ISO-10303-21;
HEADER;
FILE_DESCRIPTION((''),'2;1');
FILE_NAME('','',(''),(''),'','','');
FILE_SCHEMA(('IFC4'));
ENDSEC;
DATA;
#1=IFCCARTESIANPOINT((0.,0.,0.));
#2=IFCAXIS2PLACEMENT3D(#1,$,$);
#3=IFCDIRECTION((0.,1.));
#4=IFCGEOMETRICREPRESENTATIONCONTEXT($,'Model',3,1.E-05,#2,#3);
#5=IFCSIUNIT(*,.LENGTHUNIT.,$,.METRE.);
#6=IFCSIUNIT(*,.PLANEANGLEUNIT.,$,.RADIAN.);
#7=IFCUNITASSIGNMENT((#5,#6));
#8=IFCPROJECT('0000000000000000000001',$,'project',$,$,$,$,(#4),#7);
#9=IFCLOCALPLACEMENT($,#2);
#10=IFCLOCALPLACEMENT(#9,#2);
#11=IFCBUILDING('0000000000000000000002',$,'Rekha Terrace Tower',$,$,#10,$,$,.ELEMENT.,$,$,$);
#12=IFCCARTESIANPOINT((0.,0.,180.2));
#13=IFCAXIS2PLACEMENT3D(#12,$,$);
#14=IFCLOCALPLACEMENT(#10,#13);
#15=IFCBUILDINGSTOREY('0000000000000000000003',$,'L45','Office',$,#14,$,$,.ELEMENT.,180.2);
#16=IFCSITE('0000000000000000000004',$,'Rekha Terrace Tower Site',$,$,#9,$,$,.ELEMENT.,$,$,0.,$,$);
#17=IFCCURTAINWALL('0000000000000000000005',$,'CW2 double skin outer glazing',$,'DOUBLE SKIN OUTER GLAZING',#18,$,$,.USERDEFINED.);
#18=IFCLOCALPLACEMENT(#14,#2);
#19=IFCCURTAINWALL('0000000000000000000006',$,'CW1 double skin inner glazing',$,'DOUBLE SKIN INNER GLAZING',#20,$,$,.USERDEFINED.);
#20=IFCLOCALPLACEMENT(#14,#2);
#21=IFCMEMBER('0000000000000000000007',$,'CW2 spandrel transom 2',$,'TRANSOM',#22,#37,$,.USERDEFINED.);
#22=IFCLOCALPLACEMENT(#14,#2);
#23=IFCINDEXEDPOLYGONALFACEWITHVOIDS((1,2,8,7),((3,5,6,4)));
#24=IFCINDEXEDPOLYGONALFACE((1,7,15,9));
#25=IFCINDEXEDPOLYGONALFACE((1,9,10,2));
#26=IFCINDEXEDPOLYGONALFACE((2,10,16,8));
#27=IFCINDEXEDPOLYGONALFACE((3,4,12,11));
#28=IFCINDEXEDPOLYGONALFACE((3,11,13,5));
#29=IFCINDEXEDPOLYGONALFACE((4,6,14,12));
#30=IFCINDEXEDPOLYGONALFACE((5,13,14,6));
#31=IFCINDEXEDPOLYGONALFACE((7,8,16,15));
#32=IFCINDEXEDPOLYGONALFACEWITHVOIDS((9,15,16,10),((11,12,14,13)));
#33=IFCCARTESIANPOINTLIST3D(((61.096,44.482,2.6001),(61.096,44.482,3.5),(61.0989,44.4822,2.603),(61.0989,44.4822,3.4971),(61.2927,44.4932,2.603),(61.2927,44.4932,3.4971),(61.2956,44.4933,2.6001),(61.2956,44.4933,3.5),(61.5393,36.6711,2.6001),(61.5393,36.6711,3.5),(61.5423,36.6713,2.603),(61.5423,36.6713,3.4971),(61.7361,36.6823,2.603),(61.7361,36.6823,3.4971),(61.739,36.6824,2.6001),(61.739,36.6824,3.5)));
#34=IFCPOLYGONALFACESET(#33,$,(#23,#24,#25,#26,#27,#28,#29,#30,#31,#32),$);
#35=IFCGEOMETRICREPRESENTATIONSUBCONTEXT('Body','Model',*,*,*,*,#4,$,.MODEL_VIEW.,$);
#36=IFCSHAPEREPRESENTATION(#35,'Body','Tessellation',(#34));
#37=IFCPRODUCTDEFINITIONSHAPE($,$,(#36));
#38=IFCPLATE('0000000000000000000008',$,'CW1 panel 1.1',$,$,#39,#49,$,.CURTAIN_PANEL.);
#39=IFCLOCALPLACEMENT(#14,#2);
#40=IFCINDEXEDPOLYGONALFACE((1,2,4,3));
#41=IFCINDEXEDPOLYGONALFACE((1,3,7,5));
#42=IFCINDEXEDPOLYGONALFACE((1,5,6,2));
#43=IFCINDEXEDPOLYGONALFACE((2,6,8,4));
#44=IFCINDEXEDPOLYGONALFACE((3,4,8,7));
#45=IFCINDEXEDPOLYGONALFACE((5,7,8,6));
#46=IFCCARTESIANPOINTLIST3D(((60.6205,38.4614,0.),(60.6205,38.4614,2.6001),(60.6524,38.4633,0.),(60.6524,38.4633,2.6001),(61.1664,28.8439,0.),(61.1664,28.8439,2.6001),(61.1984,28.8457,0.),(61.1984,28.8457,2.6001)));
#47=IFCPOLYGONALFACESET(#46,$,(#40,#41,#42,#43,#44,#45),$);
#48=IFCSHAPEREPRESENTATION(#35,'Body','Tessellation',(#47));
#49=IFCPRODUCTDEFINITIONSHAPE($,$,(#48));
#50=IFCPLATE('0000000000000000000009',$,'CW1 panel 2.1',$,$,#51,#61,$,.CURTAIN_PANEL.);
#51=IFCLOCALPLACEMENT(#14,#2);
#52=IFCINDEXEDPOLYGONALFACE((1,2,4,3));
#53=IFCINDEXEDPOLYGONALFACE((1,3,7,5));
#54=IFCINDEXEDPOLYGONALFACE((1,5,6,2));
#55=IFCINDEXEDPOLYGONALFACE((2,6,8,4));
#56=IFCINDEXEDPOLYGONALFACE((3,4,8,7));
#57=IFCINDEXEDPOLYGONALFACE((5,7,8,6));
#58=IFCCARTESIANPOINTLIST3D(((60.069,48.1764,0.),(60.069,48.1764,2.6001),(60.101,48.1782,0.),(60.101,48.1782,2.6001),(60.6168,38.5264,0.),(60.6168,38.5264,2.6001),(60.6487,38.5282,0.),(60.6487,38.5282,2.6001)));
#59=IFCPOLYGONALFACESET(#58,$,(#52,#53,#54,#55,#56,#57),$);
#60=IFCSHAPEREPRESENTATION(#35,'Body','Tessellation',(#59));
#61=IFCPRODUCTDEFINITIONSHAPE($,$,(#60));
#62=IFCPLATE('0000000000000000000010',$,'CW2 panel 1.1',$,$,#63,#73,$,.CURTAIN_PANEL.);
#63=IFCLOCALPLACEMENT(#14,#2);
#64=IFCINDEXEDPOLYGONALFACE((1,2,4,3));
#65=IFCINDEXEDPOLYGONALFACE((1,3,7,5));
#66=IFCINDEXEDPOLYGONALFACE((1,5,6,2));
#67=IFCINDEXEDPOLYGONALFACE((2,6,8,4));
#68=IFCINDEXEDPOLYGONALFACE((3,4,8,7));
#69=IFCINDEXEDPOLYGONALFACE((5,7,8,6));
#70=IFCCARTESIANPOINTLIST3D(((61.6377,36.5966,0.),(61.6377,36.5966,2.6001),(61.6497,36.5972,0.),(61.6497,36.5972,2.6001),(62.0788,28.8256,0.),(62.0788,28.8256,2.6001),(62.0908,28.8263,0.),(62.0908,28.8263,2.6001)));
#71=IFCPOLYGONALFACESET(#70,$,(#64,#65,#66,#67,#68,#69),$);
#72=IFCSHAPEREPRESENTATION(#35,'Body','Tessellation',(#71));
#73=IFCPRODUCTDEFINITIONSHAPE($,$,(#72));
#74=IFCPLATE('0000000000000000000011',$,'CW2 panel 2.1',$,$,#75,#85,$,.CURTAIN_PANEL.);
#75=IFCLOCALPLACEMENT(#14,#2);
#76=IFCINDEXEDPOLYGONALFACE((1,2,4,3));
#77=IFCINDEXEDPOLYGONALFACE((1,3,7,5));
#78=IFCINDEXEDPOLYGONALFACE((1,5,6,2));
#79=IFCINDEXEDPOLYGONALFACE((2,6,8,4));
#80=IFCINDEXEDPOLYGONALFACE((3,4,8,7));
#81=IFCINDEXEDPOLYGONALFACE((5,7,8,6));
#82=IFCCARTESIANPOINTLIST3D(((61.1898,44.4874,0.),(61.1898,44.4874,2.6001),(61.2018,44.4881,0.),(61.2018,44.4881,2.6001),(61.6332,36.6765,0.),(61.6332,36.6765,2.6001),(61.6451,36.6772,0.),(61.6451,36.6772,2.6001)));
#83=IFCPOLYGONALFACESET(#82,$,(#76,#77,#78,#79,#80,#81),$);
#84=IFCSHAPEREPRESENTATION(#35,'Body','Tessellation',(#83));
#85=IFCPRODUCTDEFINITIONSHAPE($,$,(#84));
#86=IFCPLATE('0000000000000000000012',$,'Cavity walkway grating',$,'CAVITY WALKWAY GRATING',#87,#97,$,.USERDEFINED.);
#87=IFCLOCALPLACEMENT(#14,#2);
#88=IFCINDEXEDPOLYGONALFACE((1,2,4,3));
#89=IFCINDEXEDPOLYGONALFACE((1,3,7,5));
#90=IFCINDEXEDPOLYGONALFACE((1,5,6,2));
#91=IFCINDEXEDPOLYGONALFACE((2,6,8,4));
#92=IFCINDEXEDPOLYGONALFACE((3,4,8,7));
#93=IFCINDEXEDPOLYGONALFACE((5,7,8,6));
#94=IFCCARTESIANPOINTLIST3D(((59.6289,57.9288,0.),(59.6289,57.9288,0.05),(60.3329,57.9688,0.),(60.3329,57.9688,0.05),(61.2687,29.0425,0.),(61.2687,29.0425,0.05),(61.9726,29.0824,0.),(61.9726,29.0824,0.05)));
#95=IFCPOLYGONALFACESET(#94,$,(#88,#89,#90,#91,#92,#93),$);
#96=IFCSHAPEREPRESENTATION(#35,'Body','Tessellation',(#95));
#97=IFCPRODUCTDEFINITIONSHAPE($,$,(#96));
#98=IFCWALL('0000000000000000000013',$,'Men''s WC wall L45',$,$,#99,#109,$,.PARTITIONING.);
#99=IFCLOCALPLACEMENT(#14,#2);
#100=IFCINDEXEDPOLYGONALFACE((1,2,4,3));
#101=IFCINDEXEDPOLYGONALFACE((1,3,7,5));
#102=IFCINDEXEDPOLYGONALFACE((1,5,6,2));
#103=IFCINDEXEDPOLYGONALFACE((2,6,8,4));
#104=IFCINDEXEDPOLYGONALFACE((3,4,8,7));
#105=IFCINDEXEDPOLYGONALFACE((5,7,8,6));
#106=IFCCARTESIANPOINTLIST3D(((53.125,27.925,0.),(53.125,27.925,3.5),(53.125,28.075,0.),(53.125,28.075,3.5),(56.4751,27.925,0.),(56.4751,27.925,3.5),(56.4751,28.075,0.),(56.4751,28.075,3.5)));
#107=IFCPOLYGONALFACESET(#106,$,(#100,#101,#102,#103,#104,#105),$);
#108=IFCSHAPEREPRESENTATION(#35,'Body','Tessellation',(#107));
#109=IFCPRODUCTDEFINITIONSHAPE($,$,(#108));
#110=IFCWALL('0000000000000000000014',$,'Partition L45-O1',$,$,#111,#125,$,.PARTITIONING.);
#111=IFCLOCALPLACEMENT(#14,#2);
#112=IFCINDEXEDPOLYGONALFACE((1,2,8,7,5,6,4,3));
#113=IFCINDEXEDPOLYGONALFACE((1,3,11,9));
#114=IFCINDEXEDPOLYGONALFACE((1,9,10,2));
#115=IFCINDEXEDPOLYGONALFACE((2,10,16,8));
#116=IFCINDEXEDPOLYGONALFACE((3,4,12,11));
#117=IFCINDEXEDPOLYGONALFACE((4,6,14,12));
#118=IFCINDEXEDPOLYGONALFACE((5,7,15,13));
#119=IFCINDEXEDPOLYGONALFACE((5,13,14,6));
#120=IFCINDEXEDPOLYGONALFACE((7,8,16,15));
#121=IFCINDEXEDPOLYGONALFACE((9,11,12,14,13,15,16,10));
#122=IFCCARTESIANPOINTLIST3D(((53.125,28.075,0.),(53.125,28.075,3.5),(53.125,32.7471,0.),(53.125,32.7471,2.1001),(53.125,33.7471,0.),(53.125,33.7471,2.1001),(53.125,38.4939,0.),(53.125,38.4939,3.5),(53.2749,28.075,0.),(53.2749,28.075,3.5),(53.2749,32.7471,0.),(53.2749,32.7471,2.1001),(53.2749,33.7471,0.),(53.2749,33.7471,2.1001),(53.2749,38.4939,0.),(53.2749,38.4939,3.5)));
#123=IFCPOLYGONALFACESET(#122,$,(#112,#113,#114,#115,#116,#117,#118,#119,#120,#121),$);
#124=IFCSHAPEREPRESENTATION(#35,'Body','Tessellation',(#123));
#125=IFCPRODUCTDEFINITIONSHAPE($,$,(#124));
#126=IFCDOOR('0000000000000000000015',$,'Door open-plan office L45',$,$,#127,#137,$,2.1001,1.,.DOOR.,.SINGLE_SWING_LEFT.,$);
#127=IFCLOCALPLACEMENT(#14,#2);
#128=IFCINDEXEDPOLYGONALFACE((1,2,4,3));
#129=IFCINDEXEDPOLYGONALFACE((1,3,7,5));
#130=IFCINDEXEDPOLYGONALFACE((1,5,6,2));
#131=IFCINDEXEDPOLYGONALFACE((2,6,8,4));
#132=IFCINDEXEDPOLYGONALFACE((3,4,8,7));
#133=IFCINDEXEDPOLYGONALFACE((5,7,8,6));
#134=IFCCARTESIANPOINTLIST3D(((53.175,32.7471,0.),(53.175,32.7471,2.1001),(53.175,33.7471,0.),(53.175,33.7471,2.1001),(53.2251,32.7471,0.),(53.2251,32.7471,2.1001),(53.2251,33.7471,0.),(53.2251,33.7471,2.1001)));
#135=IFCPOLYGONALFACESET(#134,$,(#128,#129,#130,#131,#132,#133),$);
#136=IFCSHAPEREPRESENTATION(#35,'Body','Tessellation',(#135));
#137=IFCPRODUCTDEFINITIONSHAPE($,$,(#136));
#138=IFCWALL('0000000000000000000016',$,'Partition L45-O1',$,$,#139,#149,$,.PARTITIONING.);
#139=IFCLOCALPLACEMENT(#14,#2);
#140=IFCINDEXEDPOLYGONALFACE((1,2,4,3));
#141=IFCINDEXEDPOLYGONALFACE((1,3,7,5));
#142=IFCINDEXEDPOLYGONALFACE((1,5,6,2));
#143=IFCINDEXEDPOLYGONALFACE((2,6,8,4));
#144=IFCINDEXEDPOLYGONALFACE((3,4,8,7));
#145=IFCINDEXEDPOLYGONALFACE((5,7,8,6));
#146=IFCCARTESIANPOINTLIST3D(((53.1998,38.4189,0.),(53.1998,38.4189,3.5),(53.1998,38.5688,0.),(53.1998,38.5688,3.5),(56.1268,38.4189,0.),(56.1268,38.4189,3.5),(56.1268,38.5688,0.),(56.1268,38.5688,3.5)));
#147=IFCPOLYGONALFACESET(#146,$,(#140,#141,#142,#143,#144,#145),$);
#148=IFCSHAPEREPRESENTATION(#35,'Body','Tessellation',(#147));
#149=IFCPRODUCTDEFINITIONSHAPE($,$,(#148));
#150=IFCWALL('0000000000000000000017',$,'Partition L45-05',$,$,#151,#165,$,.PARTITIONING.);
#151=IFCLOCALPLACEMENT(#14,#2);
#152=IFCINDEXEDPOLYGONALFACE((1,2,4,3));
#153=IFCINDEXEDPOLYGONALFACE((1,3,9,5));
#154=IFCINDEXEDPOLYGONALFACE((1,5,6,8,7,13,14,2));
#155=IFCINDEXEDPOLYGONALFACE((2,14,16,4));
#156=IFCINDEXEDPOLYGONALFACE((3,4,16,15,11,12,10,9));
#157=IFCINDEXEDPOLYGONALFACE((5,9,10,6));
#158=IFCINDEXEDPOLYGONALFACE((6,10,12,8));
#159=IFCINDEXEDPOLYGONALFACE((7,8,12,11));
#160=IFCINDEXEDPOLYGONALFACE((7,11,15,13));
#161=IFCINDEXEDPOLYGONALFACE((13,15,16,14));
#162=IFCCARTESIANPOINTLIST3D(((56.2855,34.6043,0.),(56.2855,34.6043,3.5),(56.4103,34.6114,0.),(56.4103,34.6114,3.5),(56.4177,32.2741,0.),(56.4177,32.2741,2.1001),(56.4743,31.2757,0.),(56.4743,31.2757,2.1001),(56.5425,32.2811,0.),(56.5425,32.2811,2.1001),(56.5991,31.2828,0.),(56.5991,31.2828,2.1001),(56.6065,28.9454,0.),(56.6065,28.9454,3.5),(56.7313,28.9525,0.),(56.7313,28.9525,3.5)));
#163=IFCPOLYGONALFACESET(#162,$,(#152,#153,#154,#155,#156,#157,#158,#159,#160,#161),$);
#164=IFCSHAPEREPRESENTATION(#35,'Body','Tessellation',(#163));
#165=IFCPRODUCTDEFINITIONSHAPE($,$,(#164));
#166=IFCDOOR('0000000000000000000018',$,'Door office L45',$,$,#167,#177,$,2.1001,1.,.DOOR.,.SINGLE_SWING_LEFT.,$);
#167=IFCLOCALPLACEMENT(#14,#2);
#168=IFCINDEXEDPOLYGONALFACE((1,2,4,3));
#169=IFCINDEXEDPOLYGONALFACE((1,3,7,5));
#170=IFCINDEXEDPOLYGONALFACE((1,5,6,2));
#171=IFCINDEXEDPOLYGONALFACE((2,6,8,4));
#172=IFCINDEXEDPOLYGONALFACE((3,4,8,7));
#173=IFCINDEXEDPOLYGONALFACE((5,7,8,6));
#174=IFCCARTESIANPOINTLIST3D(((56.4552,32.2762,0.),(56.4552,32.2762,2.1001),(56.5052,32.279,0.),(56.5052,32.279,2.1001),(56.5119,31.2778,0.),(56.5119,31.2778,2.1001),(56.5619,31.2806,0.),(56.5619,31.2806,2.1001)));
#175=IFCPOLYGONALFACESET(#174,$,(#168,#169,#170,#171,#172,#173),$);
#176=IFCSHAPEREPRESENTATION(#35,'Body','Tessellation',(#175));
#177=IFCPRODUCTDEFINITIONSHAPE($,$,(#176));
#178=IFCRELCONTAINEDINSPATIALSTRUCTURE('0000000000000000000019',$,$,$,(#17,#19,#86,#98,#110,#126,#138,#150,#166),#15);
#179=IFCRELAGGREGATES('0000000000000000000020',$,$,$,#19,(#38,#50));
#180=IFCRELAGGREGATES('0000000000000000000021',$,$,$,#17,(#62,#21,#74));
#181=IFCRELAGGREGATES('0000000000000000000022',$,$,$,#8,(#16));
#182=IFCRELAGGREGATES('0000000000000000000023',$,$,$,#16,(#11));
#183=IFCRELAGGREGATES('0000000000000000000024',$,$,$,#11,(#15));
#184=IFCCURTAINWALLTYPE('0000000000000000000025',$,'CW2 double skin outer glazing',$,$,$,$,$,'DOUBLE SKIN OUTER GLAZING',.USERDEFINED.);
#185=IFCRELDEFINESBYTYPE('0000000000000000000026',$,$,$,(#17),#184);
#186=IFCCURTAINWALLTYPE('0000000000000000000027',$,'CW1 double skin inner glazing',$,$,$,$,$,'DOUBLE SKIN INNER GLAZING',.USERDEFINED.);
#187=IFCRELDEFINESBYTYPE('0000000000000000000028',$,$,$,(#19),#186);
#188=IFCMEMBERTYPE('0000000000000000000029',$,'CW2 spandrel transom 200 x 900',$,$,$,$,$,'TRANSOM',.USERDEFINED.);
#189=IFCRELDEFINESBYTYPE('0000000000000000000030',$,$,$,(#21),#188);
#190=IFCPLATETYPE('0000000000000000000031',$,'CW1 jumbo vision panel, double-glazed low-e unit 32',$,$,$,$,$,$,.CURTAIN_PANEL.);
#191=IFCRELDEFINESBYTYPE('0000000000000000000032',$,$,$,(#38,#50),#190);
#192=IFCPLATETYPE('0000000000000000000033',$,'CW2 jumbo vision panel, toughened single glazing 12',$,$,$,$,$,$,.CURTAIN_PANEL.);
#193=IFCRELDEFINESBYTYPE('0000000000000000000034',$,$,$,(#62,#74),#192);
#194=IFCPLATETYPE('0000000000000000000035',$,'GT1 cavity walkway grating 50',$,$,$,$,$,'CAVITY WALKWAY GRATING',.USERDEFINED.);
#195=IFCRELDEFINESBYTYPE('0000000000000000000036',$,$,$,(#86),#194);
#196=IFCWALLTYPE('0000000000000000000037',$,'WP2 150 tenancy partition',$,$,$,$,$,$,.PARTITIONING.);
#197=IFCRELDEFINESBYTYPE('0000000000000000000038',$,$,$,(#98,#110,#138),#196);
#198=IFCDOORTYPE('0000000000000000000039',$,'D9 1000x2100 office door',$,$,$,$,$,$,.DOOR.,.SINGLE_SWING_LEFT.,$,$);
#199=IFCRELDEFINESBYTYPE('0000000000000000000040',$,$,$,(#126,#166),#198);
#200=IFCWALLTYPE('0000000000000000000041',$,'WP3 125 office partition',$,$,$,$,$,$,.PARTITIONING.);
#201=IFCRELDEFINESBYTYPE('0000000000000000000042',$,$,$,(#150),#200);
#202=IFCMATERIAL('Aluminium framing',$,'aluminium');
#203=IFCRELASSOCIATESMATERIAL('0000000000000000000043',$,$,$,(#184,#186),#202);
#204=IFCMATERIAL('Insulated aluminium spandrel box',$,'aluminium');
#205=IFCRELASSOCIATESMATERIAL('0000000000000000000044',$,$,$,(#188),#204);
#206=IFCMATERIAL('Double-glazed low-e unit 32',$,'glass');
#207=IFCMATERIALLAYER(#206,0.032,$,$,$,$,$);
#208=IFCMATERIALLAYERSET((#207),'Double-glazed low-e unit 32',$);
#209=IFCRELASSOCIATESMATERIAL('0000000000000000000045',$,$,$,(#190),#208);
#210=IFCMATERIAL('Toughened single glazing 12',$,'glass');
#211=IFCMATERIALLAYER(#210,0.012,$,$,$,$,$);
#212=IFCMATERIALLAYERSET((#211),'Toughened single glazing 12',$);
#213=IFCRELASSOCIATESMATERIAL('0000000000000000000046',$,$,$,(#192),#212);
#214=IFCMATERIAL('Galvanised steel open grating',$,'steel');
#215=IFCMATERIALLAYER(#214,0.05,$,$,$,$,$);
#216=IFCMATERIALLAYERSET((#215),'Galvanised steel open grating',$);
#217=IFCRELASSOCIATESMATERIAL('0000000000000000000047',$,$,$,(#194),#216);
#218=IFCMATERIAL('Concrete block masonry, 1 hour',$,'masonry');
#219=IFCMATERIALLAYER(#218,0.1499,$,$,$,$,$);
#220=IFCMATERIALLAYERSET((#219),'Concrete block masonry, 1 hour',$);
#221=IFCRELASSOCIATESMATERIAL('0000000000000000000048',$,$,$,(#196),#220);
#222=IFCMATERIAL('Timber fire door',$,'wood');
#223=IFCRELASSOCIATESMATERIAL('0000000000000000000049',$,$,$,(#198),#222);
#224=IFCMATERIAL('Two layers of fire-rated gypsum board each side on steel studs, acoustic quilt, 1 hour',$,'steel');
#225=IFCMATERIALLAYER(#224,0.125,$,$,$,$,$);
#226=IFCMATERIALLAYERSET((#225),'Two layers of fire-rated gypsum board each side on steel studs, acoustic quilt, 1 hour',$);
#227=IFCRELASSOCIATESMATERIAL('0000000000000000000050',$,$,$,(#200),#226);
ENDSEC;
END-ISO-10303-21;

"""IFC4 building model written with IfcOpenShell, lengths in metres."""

from ifc_helpers import new_model, si_unit, direction, frame, frame_2d, origin, origin_2d, place, context, subcontext, project, spatial, rectangle, hollow_rectangle, extrude, material, layer, layer_set, material_profile, profile_set, type_object, element, fill, aggregate, save


model = new_model("IFC4")

# Units and contexts
model_context = context("Model", 3, precision=1e-05, world=origin(), true_north=direction((0.0, 1.0)))
body_context = subcontext(model_context, "Body", "Model", "MODEL_VIEW")
ifc_project = project(units=[si_unit("LENGTHUNIT", "METRE"), si_unit("PLANEANGLEUNIT", "RADIAN")], contexts=[model_context])

# Site, building, storey
site_placement = place(None, origin())
site = spatial("IfcSite", under=ifc_project, at=site_placement, Name="Rekha Terrace Tower Site", CompositionType="ELEMENT", RefElevation=0.0)
building_placement = place(site_placement, origin())
building = spatial("IfcBuilding", under=site, at=building_placement, Name="Rekha Terrace Tower", CompositionType="ELEMENT")
storey_placement = place(building_placement, frame((0.0, 0.0, 180.2)))
storey = spatial("IfcBuildingStorey", under=building, at=storey_placement, Name="L45", Description="Office", CompositionType="ELEMENT", Elevation=180.2)

# Curtain wall
ifc_material_1 = material(Name="Aluminium framing", Category="aluminium")
curtain_wall_type_1 = type_object("IfcCurtainWallType", Name="CW2 double skin outer glazing", ElementType="DOUBLE SKIN OUTER GLAZING", PredefinedType="USERDEFINED", material=ifc_material_1)
curtain_wall_1_placement = place(storey_placement, origin())
curtain_wall_1 = element("IfcCurtainWall", 1, at=curtain_wall_1_placement, inside=storey, type_object=curtain_wall_type_1, Name="CW2 double skin outer glazing", ObjectType="DOUBLE SKIN OUTER GLAZING", PredefinedType="USERDEFINED")

# Curtain wall
curtain_wall_type_2 = type_object("IfcCurtainWallType", Name="CW1 double skin inner glazing", ElementType="DOUBLE SKIN INNER GLAZING", PredefinedType="USERDEFINED", material=ifc_material_1)
curtain_wall_2_placement = place(storey_placement, origin())
curtain_wall_2 = element("IfcCurtainWall", 2, at=curtain_wall_2_placement, inside=storey, type_object=curtain_wall_type_2, Name="CW1 double skin inner glazing", ObjectType="DOUBLE SKIN INNER GLAZING", PredefinedType="USERDEFINED")
ifc_material_2 = material(Name="Insulated aluminium spandrel box", Category="aluminium")

# Member
ifc_material_profile_1 = material_profile(ifc_material_2, hollow_rectangle(XDim=0.2, YDim=0.8999, WallThickness=0.0029, at=origin_2d()), Name="AL SPANDREL BOX 200x900")
ifc_profile_set_1 = profile_set([ifc_material_profile_1], Name="Insulated aluminium spandrel box")
member_type_1 = type_object("IfcMemberType", Name="CW2 spandrel transom 200 x 900", ElementType="TRANSOM", PredefinedType="USERDEFINED", material=ifc_profile_set_1)
member_1_placement = place(storey_placement, frame((61.6392, 36.6768, 3.05), z_axis=(-0.056669, 0.998393, 0.0), x_axis=(-0.998393, -0.056669, 0.0)))
member_1 = element("IfcMember", 3, at=member_1_placement, type_object=member_type_1, Name="CW2 spandrel transom 2", ObjectType="TRANSOM", PredefinedType="USERDEFINED", context=body_context, shape_type="SweptSolid", body=[
    extrude(hollow_rectangle(XDim=0.2, YDim=0.8999, WallThickness=0.0029, at=origin_2d()), origin(), (0.0, 0.0, 1.0), 7.8235),
])

# Plates
ifc_material_3 = material(Name="Double-glazed low-e unit 32", Category="glass")
ifc_layer_1 = layer(ifc_material_3, 0.032)
ifc_layer_set_1 = layer_set([ifc_layer_1], Name="Double-glazed low-e unit 32")
plate_type_1 = type_object("IfcPlateType", Name="CW1 jumbo vision panel, double-glazed low-e unit 32", PredefinedType="CURTAIN_PANEL", material=ifc_layer_set_1)
plate_1_placement = place(storey_placement, frame((60.9094, 33.6536, 0.0), z_axis=(0.0, 0.0, 1.0), x_axis=(-0.056673, 0.998393, 0.0)))
plate_1 = element("IfcPlate", 4, at=plate_1_placement, type_object=plate_type_1, Name="CW1 panel 1.1", PredefinedType="CURTAIN_PANEL", context=body_context, shape_type="SweptSolid", body=[
    extrude(rectangle(XDim=9.6331, YDim=0.032, at=origin_2d()), origin(), (0.0, 0.0, 1.0), 2.6001),
])
plate_2_placement = place(storey_placement, frame((60.3589, 43.3523, 0.0), z_axis=(0.0, 0.0, 1.0), x_axis=(-0.056673, 0.998393, 0.0)))
plate_2 = element("IfcPlate", 5, at=plate_2_placement, type_object=plate_type_1, Name="CW1 panel 2.1", PredefinedType="CURTAIN_PANEL", context=body_context, shape_type="SweptSolid", body=[
    extrude(rectangle(XDim=9.6655, YDim=0.032, at=origin_2d()), origin(), (0.0, 0.0, 1.0), 2.6001),
])
aggregate(curtain_wall_2, [plate_1, plate_2])
ifc_material_4 = material(Name="Toughened single glazing 12", Category="glass")
ifc_layer_2 = layer(ifc_material_4, 0.012)
ifc_layer_set_2 = layer_set([ifc_layer_2], Name="Toughened single glazing 12")
plate_type_2 = type_object("IfcPlateType", Name="CW2 jumbo vision panel, toughened single glazing 12", PredefinedType="CURTAIN_PANEL", material=ifc_layer_set_2)
plate_3_placement = place(storey_placement, frame((61.8643, 32.7114, 0.0), z_axis=(0.0, 0.0, 1.0), x_axis=(-0.056673, 0.998393, 0.0)))
plate_3 = element("IfcPlate", 6, at=plate_3_placement, type_object=plate_type_2, Name="CW2 panel 1.1", PredefinedType="CURTAIN_PANEL", context=body_context, shape_type="SweptSolid", body=[
    extrude(rectangle(XDim=7.7834, YDim=0.012, at=origin_2d()), origin(), (0.0, 0.0, 1.0), 2.6001),
])
plate_4_placement = place(storey_placement, frame((61.4175, 40.5823, 0.0), z_axis=(0.0, 0.0, 1.0), x_axis=(-0.056673, 0.998393, 0.0)))
plate_4 = element("IfcPlate", 7, at=plate_4_placement, type_object=plate_type_2, Name="CW2 panel 2.1", PredefinedType="CURTAIN_PANEL", context=body_context, shape_type="SweptSolid", body=[
    extrude(rectangle(XDim=7.8235, YDim=0.012, at=origin_2d()), origin(), (0.0, 0.0, 1.0), 2.6001),
])
aggregate(curtain_wall_1, [plate_3, member_1, plate_4])
ifc_material_5 = material(Name="Galvanised steel open grating", Category="steel")
ifc_layer_3 = layer(ifc_material_5, 0.05)
ifc_layer_set_3 = layer_set([ifc_layer_3], Name="Galvanised steel open grating")
plate_type_3 = type_object("IfcPlateType", Name="GT1 cavity walkway grating 50", ElementType="CAVITY WALKWAY GRATING", PredefinedType="USERDEFINED", material=ifc_layer_set_3)
plate_5_placement = place(storey_placement, frame((60.8008, 43.5056, 0.0), z_axis=(0.0, 0.0, 1.0), x_axis=(-0.056673, 0.998393, 0.0)))
element("IfcPlate", 8, at=plate_5_placement, inside=storey, type_object=plate_type_3, Name="Cavity walkway grating", ObjectType="CAVITY WALKWAY GRATING", PredefinedType="USERDEFINED", context=body_context, shape_type="SweptSolid", body=[
    extrude(rectangle(XDim=28.9329, YDim=0.7051, at=origin_2d()), origin(), (0.0, 0.0, 1.0), 0.05),
])

# Wall
ifc_material_6 = material(Name="Concrete block masonry, 1 hour", Category="masonry")
ifc_layer_4 = layer(ifc_material_6, 0.1499)
ifc_layer_set_4 = layer_set([ifc_layer_4], Name="Concrete block masonry, 1 hour")
wall_type_1 = type_object("IfcWallType", Name="WP2 150 tenancy partition", PredefinedType="PARTITIONING", material=ifc_layer_set_4)
wall_1_placement = place(storey_placement, frame((53.125, 28.0, 0.0), z_axis=(0.0, 0.0, 1.0), x_axis=(1.0, 0.0, 0.0)))
element("IfcWall", 9, at=wall_1_placement, inside=storey, type_object=wall_type_1, Name="Men's WC wall L45", PredefinedType="PARTITIONING", context=body_context, shape_type="SweptSolid", body=[
    extrude(rectangle(XDim=3.3501, YDim=0.1499, at=frame_2d((1.675, 0.0))), origin(), (0.0, 0.0, 1.0), 3.5),
])

# Wall, opening, door
wall_2_placement = place(storey_placement, frame((53.2, 28.075, 0.0), z_axis=(0.0, 0.0, 1.0), x_axis=(0.0, 1.0, 0.0)))
wall_2 = element("IfcWall", 10, at=wall_2_placement, inside=storey, type_object=wall_type_1, Name="Partition L45-O1", PredefinedType="PARTITIONING", context=body_context, shape_type="SweptSolid", body=[
    extrude(rectangle(XDim=10.4189, YDim=0.1499, at=frame_2d((5.2095, 0.0))), origin(), (0.0, 0.0, 1.0), 3.5),
])
opening_1_placement = place(wall_2_placement, frame((4.6721, 0.0, 0.0)))
opening_1 = element("IfcOpeningElement", 11, at=opening_1_placement, cuts=wall_2, PredefinedType="OPENING", context=body_context, shape_type="SweptSolid", body=[
    extrude(rectangle(XDim=1.0, YDim=2.1001, at=frame_2d((0.5, 1.05))), frame((0.0, 0.085, 0.0), z_axis=(0.0, -1.0, 0.0), x_axis=(1.0, 0.0, 0.0)), (0.0, 0.0, 1.0), 0.1699),
])
ifc_material_7 = material(Name="Timber fire door", Category="wood")
door_type = type_object("IfcDoorType", Name="D9 1000x2100 office door", OperationType="SINGLE_SWING_LEFT", PredefinedType="DOOR", material=ifc_material_7)
door_1_placement = place(opening_1_placement, origin())
door_1 = element("IfcDoor", 12, at=door_1_placement, inside=storey, type_object=door_type, Name="Door open-plan office L45", OperationType="SINGLE_SWING_LEFT", OverallHeight=2.1001, OverallWidth=1.0, PredefinedType="DOOR", context=body_context, shape_type="SweptSolid", body=[
    extrude(rectangle(XDim=1.0, YDim=2.1001, at=frame_2d((0.5, 1.05))), frame((0.0, 0.0249, 0.0), z_axis=(0.0, -1.0, 0.0), x_axis=(1.0, 0.0, 0.0)), (0.0, 0.0, 1.0), 0.05),
])
fill(opening_1, door_1)

# Wall
wall_3_placement = place(storey_placement, frame((53.2, 38.4939, 0.0), z_axis=(0.0, 0.0, 1.0), x_axis=(1.0, 0.0, 0.0)))
element("IfcWall", 13, at=wall_3_placement, inside=storey, type_object=wall_type_1, Name="Partition L45-O1", PredefinedType="PARTITIONING", context=body_context, shape_type="SweptSolid", body=[
    extrude(rectangle(XDim=2.927, YDim=0.1499, at=frame_2d((1.4634, 0.0))), origin(), (0.0, 0.0, 1.0), 3.5),
])

# Wall, opening, door
ifc_material_8 = material(Name="Two layers of fire-rated gypsum board each side on steel studs, acoustic quilt, 1 hour", Category="steel")
ifc_layer_5 = layer(ifc_material_8, 0.125)
ifc_layer_set_5 = layer_set([ifc_layer_5], Name="Two layers of fire-rated gypsum board each side on steel studs, acoustic quilt, 1 hour")
wall_type_2 = type_object("IfcWallType", Name="WP3 125 office partition", PredefinedType="PARTITIONING", material=ifc_layer_set_5)
wall_4_placement = place(storey_placement, frame((56.6689, 28.949, 0.0), z_axis=(0.0, 0.0, 1.0), x_axis=(-0.056641, 0.998395, 0.0)))
wall_4 = element("IfcWall", 14, at=wall_4_placement, inside=storey, type_object=wall_type_2, Name="Partition L45-05", PredefinedType="PARTITIONING", context=body_context, shape_type="SweptSolid", body=[
    extrude(rectangle(XDim=5.668, YDim=0.125, at=frame_2d((2.834, 0.0))), origin(), (0.0, 0.0, 1.0), 3.5),
])
opening_2_placement = place(wall_4_placement, frame((2.334, 0.0, 0.0)))
opening_2 = element("IfcOpeningElement", 15, at=opening_2_placement, cuts=wall_4, PredefinedType="OPENING", context=body_context, shape_type="SweptSolid", body=[
    extrude(rectangle(XDim=1.0, YDim=2.1001, at=frame_2d((0.5, 1.05))), frame((0.0, 0.0725, 0.0), z_axis=(0.0, -1.0, 0.0), x_axis=(1.0, 0.0, 0.0)), (0.0, 0.0, 1.0), 0.145),
])
door_2_placement = place(opening_2_placement, origin())
door_2 = element("IfcDoor", 16, at=door_2_placement, inside=storey, type_object=door_type, Name="Door office L45", OperationType="SINGLE_SWING_LEFT", OverallHeight=2.1001, OverallWidth=1.0, PredefinedType="DOOR", context=body_context, shape_type="SweptSolid", body=[
    extrude(rectangle(XDim=1.0, YDim=2.1001, at=frame_2d((0.5, 1.05))), frame((0.0, 0.0249, 0.0), z_axis=(0.0, -1.0, 0.0), x_axis=(1.0, 0.0, 0.0)), (0.0, 0.0, 1.0), 0.05),
])
fill(opening_2, door_2)

save(model, "model.ifc")
